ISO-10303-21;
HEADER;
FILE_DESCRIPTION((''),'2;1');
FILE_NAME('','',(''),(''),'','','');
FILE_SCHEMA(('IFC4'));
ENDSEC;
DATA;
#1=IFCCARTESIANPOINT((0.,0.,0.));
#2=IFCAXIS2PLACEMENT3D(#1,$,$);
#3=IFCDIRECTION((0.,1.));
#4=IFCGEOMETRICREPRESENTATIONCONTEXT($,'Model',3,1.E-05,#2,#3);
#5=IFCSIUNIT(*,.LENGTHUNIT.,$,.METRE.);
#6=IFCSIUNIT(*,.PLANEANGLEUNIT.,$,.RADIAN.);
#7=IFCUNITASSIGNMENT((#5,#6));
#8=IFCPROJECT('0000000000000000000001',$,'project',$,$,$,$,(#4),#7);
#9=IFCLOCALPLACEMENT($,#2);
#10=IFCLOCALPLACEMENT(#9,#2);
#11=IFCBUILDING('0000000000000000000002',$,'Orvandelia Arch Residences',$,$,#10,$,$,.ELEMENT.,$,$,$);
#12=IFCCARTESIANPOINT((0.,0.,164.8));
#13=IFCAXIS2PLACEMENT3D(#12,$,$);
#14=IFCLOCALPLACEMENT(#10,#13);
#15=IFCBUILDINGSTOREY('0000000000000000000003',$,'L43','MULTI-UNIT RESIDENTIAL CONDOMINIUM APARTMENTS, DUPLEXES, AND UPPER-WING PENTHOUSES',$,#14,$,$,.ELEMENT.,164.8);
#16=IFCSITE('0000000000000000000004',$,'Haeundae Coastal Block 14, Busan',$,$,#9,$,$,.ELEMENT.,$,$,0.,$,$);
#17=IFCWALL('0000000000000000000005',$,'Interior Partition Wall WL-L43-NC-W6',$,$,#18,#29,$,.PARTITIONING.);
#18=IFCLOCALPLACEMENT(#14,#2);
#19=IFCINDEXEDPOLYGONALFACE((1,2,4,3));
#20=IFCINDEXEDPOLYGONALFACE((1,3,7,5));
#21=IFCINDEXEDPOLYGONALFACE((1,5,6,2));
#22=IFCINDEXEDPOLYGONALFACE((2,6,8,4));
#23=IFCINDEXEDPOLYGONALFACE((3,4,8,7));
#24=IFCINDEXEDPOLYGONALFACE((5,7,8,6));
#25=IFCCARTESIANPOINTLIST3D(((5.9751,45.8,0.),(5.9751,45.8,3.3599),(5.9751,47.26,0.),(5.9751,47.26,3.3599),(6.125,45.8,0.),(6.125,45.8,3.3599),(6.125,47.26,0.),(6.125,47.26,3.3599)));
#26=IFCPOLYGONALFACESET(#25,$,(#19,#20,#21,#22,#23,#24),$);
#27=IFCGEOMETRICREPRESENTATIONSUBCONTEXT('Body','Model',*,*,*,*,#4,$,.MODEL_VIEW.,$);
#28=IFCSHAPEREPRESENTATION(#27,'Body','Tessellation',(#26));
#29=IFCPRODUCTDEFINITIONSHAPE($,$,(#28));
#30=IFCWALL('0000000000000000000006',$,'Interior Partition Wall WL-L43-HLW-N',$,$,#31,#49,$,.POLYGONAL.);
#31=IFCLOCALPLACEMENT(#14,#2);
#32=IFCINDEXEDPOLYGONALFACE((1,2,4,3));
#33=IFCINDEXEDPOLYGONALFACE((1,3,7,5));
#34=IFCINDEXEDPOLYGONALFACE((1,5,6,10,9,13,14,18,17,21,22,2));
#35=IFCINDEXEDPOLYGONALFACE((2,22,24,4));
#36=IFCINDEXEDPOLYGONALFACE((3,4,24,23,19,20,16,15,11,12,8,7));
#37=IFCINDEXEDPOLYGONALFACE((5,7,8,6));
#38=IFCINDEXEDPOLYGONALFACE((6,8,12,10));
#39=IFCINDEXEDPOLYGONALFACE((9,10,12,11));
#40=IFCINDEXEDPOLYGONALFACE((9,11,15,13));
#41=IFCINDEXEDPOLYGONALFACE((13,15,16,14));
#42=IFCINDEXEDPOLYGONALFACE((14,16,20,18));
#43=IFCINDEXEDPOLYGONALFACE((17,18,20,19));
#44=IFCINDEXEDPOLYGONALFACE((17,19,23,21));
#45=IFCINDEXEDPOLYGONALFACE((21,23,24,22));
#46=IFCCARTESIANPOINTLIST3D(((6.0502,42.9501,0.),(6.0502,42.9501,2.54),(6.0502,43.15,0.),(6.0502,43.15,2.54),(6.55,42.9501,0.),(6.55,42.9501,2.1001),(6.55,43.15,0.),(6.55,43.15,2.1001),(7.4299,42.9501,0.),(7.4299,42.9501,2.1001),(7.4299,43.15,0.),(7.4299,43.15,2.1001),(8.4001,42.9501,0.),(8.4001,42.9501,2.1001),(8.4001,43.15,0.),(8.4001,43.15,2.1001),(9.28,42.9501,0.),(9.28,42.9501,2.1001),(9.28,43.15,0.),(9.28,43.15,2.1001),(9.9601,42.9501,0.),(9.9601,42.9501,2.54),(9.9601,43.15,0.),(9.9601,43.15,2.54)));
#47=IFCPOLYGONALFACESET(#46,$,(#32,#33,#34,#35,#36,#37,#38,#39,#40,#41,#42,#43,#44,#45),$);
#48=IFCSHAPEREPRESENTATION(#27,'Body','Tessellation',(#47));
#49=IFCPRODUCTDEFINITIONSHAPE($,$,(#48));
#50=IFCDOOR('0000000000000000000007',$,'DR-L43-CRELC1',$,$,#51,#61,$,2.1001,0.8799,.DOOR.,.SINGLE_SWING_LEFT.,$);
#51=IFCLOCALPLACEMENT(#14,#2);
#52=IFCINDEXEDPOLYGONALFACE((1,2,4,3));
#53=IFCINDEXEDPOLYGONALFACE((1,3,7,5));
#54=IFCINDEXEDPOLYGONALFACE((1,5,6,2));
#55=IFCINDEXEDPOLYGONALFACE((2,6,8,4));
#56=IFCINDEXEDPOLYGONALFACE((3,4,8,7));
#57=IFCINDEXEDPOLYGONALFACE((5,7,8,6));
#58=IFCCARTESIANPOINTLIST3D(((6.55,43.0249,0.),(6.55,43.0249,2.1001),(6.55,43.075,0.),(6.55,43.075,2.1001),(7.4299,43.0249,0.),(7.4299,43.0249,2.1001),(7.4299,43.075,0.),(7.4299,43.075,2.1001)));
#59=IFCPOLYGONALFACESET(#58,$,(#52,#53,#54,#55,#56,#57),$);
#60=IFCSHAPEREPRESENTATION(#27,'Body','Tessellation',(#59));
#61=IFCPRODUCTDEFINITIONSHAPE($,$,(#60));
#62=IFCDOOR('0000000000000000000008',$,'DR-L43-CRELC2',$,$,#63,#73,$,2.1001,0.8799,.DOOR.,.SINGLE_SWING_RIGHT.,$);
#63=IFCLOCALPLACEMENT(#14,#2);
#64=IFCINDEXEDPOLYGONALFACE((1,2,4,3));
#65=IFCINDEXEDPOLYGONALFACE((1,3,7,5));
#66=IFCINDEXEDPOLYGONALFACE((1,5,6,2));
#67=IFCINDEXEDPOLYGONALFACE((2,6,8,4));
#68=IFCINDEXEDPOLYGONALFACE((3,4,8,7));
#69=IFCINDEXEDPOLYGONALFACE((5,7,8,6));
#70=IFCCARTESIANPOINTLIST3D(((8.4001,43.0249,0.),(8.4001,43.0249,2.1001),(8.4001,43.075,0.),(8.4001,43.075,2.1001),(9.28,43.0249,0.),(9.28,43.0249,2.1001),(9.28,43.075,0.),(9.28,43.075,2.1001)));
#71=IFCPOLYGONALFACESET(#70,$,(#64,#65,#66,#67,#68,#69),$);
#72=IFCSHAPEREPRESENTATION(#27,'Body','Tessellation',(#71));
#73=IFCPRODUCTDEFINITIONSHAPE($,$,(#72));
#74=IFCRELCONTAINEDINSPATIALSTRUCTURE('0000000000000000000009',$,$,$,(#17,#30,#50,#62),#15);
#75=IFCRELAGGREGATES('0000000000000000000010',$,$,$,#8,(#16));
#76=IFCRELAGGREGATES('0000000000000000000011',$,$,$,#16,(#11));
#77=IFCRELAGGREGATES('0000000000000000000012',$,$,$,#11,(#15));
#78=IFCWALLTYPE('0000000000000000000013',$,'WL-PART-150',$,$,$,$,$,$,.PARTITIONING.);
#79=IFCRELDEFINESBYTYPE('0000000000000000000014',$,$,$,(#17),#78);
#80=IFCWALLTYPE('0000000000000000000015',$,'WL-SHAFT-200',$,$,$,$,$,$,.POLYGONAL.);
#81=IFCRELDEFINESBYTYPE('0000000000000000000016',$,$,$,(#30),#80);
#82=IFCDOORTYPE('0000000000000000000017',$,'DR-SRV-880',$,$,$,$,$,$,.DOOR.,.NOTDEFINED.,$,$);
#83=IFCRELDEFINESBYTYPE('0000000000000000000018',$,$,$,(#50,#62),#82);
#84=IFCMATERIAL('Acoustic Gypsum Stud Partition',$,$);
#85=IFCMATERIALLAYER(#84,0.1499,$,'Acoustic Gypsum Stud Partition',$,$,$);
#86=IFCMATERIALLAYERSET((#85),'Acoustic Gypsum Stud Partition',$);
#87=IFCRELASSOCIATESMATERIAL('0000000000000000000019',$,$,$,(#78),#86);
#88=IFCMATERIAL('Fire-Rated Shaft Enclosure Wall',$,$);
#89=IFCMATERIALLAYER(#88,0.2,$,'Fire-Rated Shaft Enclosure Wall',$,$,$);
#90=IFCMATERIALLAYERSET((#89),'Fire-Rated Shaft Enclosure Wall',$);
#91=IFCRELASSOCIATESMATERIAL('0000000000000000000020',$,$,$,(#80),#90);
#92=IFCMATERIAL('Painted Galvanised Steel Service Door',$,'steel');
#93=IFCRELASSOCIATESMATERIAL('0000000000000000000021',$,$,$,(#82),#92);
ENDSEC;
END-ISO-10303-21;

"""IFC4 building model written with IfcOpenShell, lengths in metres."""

from ifc_helpers import new_model, si_unit, direction, frame, frame_2d, origin, place, context, subcontext, project, spatial, rectangle, extrude, material, layer, layer_set, type_object, element, fill, save


model = new_model("IFC4")

# Units and contexts
model_context = context("Model", 3, precision=1e-05, world=origin(), true_north=direction((0.0, 1.0)))
body_context = subcontext(model_context, "Body", "Model", "MODEL_VIEW")
ifc_project = project(units=[si_unit("LENGTHUNIT", "METRE"), si_unit("PLANEANGLEUNIT", "RADIAN")], contexts=[model_context])

# Site, building, storey
site_placement = place(None, origin())
site = spatial("IfcSite", under=ifc_project, at=site_placement, Name="Haeundae Coastal Block 14, Busan", CompositionType="ELEMENT", RefElevation=0.0)
building_placement = place(site_placement, origin())
building = spatial("IfcBuilding", under=site, at=building_placement, Name="Orvandelia Arch Residences", CompositionType="ELEMENT")
storey_placement = place(building_placement, frame((0.0, 0.0, 164.8)))
storey = spatial("IfcBuildingStorey", under=building, at=storey_placement, Name="L43", Description="MULTI-UNIT RESIDENTIAL CONDOMINIUM APARTMENTS, DUPLEXES, AND UPPER-WING PENTHOUSES", CompositionType="ELEMENT", Elevation=164.8)

# Wall
ifc_material_1 = material(Name="Acoustic Gypsum Stud Partition")
ifc_layer_1 = layer(ifc_material_1, 0.1499, Name="Acoustic Gypsum Stud Partition")
ifc_layer_set_1 = layer_set([ifc_layer_1], Name="Acoustic Gypsum Stud Partition")
wall_type_1 = type_object("IfcWallType", Name="WL-PART-150", PredefinedType="PARTITIONING", material=ifc_layer_set_1)
wall_1_placement = place(storey_placement, frame((6.05, 45.8, 0.0), z_axis=(0.0, 0.0, 1.0), x_axis=(0.0, 1.0, 0.0)))
element("IfcWall", 1, at=wall_1_placement, inside=storey, type_object=wall_type_1, Name="Interior Partition Wall WL-L43-NC-W6", PredefinedType="PARTITIONING", context=body_context, shape_type="SweptSolid", body=[
    extrude(rectangle(XDim=1.46, YDim=0.1499, at=frame_2d((0.73, 0.0))), origin(), (0.0, 0.0, 1.0), 3.3599),
])

# Wall, openings, doors
ifc_material_2 = material(Name="Fire-Rated Shaft Enclosure Wall")
ifc_layer_2 = layer(ifc_material_2, 0.2, Name="Fire-Rated Shaft Enclosure Wall")
ifc_layer_set_2 = layer_set([ifc_layer_2], Name="Fire-Rated Shaft Enclosure Wall")
wall_type_2 = type_object("IfcWallType", Name="WL-SHAFT-200", PredefinedType="POLYGONAL", material=ifc_layer_set_2)
wall_2_placement = place(storey_placement, frame((6.05, 43.05, 0.0), z_axis=(0.0, 0.0, 1.0), x_axis=(1.0, 0.0, 0.0)))
wall_2 = element("IfcWall", 2, at=wall_2_placement, inside=storey, type_object=wall_type_2, Name="Interior Partition Wall WL-L43-HLW-N", PredefinedType="POLYGONAL", context=body_context, shape_type="SweptSolid", body=[
    extrude(rectangle(XDim=3.9099, YDim=0.2, at=frame_2d((1.9551, 0.0))), origin(), (0.0, 0.0, 1.0), 2.54),
])
opening_1_placement = place(wall_2_placement, frame((0.5, 0.0, 0.0)))
opening_1 = element("IfcOpeningElement", 3, at=opening_1_placement, cuts=wall_2, PredefinedType="OPENING", context=body_context, shape_type="SweptSolid", body=[
    extrude(rectangle(XDim=0.8799, YDim=2.1001, at=frame_2d((0.4399, 1.05))), frame((0.0, 0.1099, 0.0), z_axis=(0.0, -1.0, 0.0), x_axis=(1.0, 0.0, 0.0)), (0.0, 0.0, 1.0), 0.22),
])
opening_2_placement = place(wall_2_placement, frame((2.3501, 0.0, 0.0)))
opening_2 = element("IfcOpeningElement", 4, at=opening_2_placement, cuts=wall_2, PredefinedType="OPENING", context=body_context, shape_type="SweptSolid", body=[
    extrude(rectangle(XDim=0.8799, YDim=2.1001, at=frame_2d((0.4399, 1.05))), frame((0.0, 0.1099, 0.0), z_axis=(0.0, -1.0, 0.0), x_axis=(1.0, 0.0, 0.0)), (0.0, 0.0, 1.0), 0.22),
])
ifc_material_3 = material(Name="Painted Galvanised Steel Service Door", Category="steel")
door_type = type_object("IfcDoorType", Name="DR-SRV-880", OperationType="NOTDEFINED", PredefinedType="DOOR", material=ifc_material_3)
door_1_placement = place(opening_1_placement, origin())
door_1 = element("IfcDoor", 5, at=door_1_placement, inside=storey, type_object=door_type, Name="DR-L43-CRELC1", OperationType="SINGLE_SWING_LEFT", OverallHeight=2.1001, OverallWidth=0.8799, PredefinedType="DOOR", context=body_context, shape_type="SweptSolid", body=[
    extrude(rectangle(XDim=0.8799, YDim=2.1001, at=frame_2d((0.4399, 1.05))), frame((0.0, 0.0249, 0.0), z_axis=(0.0, -1.0, 0.0), x_axis=(1.0, 0.0, 0.0)), (0.0, 0.0, 1.0), 0.05),
])
fill(opening_1, door_1)
door_2_placement = place(opening_2_placement, origin())
door_2 = element("IfcDoor", 6, at=door_2_placement, inside=storey, type_object=door_type, Name="DR-L43-CRELC2", OperationType="SINGLE_SWING_RIGHT", OverallHeight=2.1001, OverallWidth=0.8799, PredefinedType="DOOR", context=body_context, shape_type="SweptSolid", body=[
    extrude(rectangle(XDim=0.8799, YDim=2.1001, at=frame_2d((0.4399, 1.05))), frame((0.0, 0.0249, 0.0), z_axis=(0.0, -1.0, 0.0), x_axis=(1.0, 0.0, 0.0)), (0.0, 0.0, 1.0), 0.05),
])
fill(opening_2, door_2)

save(model, "model.ifc")
